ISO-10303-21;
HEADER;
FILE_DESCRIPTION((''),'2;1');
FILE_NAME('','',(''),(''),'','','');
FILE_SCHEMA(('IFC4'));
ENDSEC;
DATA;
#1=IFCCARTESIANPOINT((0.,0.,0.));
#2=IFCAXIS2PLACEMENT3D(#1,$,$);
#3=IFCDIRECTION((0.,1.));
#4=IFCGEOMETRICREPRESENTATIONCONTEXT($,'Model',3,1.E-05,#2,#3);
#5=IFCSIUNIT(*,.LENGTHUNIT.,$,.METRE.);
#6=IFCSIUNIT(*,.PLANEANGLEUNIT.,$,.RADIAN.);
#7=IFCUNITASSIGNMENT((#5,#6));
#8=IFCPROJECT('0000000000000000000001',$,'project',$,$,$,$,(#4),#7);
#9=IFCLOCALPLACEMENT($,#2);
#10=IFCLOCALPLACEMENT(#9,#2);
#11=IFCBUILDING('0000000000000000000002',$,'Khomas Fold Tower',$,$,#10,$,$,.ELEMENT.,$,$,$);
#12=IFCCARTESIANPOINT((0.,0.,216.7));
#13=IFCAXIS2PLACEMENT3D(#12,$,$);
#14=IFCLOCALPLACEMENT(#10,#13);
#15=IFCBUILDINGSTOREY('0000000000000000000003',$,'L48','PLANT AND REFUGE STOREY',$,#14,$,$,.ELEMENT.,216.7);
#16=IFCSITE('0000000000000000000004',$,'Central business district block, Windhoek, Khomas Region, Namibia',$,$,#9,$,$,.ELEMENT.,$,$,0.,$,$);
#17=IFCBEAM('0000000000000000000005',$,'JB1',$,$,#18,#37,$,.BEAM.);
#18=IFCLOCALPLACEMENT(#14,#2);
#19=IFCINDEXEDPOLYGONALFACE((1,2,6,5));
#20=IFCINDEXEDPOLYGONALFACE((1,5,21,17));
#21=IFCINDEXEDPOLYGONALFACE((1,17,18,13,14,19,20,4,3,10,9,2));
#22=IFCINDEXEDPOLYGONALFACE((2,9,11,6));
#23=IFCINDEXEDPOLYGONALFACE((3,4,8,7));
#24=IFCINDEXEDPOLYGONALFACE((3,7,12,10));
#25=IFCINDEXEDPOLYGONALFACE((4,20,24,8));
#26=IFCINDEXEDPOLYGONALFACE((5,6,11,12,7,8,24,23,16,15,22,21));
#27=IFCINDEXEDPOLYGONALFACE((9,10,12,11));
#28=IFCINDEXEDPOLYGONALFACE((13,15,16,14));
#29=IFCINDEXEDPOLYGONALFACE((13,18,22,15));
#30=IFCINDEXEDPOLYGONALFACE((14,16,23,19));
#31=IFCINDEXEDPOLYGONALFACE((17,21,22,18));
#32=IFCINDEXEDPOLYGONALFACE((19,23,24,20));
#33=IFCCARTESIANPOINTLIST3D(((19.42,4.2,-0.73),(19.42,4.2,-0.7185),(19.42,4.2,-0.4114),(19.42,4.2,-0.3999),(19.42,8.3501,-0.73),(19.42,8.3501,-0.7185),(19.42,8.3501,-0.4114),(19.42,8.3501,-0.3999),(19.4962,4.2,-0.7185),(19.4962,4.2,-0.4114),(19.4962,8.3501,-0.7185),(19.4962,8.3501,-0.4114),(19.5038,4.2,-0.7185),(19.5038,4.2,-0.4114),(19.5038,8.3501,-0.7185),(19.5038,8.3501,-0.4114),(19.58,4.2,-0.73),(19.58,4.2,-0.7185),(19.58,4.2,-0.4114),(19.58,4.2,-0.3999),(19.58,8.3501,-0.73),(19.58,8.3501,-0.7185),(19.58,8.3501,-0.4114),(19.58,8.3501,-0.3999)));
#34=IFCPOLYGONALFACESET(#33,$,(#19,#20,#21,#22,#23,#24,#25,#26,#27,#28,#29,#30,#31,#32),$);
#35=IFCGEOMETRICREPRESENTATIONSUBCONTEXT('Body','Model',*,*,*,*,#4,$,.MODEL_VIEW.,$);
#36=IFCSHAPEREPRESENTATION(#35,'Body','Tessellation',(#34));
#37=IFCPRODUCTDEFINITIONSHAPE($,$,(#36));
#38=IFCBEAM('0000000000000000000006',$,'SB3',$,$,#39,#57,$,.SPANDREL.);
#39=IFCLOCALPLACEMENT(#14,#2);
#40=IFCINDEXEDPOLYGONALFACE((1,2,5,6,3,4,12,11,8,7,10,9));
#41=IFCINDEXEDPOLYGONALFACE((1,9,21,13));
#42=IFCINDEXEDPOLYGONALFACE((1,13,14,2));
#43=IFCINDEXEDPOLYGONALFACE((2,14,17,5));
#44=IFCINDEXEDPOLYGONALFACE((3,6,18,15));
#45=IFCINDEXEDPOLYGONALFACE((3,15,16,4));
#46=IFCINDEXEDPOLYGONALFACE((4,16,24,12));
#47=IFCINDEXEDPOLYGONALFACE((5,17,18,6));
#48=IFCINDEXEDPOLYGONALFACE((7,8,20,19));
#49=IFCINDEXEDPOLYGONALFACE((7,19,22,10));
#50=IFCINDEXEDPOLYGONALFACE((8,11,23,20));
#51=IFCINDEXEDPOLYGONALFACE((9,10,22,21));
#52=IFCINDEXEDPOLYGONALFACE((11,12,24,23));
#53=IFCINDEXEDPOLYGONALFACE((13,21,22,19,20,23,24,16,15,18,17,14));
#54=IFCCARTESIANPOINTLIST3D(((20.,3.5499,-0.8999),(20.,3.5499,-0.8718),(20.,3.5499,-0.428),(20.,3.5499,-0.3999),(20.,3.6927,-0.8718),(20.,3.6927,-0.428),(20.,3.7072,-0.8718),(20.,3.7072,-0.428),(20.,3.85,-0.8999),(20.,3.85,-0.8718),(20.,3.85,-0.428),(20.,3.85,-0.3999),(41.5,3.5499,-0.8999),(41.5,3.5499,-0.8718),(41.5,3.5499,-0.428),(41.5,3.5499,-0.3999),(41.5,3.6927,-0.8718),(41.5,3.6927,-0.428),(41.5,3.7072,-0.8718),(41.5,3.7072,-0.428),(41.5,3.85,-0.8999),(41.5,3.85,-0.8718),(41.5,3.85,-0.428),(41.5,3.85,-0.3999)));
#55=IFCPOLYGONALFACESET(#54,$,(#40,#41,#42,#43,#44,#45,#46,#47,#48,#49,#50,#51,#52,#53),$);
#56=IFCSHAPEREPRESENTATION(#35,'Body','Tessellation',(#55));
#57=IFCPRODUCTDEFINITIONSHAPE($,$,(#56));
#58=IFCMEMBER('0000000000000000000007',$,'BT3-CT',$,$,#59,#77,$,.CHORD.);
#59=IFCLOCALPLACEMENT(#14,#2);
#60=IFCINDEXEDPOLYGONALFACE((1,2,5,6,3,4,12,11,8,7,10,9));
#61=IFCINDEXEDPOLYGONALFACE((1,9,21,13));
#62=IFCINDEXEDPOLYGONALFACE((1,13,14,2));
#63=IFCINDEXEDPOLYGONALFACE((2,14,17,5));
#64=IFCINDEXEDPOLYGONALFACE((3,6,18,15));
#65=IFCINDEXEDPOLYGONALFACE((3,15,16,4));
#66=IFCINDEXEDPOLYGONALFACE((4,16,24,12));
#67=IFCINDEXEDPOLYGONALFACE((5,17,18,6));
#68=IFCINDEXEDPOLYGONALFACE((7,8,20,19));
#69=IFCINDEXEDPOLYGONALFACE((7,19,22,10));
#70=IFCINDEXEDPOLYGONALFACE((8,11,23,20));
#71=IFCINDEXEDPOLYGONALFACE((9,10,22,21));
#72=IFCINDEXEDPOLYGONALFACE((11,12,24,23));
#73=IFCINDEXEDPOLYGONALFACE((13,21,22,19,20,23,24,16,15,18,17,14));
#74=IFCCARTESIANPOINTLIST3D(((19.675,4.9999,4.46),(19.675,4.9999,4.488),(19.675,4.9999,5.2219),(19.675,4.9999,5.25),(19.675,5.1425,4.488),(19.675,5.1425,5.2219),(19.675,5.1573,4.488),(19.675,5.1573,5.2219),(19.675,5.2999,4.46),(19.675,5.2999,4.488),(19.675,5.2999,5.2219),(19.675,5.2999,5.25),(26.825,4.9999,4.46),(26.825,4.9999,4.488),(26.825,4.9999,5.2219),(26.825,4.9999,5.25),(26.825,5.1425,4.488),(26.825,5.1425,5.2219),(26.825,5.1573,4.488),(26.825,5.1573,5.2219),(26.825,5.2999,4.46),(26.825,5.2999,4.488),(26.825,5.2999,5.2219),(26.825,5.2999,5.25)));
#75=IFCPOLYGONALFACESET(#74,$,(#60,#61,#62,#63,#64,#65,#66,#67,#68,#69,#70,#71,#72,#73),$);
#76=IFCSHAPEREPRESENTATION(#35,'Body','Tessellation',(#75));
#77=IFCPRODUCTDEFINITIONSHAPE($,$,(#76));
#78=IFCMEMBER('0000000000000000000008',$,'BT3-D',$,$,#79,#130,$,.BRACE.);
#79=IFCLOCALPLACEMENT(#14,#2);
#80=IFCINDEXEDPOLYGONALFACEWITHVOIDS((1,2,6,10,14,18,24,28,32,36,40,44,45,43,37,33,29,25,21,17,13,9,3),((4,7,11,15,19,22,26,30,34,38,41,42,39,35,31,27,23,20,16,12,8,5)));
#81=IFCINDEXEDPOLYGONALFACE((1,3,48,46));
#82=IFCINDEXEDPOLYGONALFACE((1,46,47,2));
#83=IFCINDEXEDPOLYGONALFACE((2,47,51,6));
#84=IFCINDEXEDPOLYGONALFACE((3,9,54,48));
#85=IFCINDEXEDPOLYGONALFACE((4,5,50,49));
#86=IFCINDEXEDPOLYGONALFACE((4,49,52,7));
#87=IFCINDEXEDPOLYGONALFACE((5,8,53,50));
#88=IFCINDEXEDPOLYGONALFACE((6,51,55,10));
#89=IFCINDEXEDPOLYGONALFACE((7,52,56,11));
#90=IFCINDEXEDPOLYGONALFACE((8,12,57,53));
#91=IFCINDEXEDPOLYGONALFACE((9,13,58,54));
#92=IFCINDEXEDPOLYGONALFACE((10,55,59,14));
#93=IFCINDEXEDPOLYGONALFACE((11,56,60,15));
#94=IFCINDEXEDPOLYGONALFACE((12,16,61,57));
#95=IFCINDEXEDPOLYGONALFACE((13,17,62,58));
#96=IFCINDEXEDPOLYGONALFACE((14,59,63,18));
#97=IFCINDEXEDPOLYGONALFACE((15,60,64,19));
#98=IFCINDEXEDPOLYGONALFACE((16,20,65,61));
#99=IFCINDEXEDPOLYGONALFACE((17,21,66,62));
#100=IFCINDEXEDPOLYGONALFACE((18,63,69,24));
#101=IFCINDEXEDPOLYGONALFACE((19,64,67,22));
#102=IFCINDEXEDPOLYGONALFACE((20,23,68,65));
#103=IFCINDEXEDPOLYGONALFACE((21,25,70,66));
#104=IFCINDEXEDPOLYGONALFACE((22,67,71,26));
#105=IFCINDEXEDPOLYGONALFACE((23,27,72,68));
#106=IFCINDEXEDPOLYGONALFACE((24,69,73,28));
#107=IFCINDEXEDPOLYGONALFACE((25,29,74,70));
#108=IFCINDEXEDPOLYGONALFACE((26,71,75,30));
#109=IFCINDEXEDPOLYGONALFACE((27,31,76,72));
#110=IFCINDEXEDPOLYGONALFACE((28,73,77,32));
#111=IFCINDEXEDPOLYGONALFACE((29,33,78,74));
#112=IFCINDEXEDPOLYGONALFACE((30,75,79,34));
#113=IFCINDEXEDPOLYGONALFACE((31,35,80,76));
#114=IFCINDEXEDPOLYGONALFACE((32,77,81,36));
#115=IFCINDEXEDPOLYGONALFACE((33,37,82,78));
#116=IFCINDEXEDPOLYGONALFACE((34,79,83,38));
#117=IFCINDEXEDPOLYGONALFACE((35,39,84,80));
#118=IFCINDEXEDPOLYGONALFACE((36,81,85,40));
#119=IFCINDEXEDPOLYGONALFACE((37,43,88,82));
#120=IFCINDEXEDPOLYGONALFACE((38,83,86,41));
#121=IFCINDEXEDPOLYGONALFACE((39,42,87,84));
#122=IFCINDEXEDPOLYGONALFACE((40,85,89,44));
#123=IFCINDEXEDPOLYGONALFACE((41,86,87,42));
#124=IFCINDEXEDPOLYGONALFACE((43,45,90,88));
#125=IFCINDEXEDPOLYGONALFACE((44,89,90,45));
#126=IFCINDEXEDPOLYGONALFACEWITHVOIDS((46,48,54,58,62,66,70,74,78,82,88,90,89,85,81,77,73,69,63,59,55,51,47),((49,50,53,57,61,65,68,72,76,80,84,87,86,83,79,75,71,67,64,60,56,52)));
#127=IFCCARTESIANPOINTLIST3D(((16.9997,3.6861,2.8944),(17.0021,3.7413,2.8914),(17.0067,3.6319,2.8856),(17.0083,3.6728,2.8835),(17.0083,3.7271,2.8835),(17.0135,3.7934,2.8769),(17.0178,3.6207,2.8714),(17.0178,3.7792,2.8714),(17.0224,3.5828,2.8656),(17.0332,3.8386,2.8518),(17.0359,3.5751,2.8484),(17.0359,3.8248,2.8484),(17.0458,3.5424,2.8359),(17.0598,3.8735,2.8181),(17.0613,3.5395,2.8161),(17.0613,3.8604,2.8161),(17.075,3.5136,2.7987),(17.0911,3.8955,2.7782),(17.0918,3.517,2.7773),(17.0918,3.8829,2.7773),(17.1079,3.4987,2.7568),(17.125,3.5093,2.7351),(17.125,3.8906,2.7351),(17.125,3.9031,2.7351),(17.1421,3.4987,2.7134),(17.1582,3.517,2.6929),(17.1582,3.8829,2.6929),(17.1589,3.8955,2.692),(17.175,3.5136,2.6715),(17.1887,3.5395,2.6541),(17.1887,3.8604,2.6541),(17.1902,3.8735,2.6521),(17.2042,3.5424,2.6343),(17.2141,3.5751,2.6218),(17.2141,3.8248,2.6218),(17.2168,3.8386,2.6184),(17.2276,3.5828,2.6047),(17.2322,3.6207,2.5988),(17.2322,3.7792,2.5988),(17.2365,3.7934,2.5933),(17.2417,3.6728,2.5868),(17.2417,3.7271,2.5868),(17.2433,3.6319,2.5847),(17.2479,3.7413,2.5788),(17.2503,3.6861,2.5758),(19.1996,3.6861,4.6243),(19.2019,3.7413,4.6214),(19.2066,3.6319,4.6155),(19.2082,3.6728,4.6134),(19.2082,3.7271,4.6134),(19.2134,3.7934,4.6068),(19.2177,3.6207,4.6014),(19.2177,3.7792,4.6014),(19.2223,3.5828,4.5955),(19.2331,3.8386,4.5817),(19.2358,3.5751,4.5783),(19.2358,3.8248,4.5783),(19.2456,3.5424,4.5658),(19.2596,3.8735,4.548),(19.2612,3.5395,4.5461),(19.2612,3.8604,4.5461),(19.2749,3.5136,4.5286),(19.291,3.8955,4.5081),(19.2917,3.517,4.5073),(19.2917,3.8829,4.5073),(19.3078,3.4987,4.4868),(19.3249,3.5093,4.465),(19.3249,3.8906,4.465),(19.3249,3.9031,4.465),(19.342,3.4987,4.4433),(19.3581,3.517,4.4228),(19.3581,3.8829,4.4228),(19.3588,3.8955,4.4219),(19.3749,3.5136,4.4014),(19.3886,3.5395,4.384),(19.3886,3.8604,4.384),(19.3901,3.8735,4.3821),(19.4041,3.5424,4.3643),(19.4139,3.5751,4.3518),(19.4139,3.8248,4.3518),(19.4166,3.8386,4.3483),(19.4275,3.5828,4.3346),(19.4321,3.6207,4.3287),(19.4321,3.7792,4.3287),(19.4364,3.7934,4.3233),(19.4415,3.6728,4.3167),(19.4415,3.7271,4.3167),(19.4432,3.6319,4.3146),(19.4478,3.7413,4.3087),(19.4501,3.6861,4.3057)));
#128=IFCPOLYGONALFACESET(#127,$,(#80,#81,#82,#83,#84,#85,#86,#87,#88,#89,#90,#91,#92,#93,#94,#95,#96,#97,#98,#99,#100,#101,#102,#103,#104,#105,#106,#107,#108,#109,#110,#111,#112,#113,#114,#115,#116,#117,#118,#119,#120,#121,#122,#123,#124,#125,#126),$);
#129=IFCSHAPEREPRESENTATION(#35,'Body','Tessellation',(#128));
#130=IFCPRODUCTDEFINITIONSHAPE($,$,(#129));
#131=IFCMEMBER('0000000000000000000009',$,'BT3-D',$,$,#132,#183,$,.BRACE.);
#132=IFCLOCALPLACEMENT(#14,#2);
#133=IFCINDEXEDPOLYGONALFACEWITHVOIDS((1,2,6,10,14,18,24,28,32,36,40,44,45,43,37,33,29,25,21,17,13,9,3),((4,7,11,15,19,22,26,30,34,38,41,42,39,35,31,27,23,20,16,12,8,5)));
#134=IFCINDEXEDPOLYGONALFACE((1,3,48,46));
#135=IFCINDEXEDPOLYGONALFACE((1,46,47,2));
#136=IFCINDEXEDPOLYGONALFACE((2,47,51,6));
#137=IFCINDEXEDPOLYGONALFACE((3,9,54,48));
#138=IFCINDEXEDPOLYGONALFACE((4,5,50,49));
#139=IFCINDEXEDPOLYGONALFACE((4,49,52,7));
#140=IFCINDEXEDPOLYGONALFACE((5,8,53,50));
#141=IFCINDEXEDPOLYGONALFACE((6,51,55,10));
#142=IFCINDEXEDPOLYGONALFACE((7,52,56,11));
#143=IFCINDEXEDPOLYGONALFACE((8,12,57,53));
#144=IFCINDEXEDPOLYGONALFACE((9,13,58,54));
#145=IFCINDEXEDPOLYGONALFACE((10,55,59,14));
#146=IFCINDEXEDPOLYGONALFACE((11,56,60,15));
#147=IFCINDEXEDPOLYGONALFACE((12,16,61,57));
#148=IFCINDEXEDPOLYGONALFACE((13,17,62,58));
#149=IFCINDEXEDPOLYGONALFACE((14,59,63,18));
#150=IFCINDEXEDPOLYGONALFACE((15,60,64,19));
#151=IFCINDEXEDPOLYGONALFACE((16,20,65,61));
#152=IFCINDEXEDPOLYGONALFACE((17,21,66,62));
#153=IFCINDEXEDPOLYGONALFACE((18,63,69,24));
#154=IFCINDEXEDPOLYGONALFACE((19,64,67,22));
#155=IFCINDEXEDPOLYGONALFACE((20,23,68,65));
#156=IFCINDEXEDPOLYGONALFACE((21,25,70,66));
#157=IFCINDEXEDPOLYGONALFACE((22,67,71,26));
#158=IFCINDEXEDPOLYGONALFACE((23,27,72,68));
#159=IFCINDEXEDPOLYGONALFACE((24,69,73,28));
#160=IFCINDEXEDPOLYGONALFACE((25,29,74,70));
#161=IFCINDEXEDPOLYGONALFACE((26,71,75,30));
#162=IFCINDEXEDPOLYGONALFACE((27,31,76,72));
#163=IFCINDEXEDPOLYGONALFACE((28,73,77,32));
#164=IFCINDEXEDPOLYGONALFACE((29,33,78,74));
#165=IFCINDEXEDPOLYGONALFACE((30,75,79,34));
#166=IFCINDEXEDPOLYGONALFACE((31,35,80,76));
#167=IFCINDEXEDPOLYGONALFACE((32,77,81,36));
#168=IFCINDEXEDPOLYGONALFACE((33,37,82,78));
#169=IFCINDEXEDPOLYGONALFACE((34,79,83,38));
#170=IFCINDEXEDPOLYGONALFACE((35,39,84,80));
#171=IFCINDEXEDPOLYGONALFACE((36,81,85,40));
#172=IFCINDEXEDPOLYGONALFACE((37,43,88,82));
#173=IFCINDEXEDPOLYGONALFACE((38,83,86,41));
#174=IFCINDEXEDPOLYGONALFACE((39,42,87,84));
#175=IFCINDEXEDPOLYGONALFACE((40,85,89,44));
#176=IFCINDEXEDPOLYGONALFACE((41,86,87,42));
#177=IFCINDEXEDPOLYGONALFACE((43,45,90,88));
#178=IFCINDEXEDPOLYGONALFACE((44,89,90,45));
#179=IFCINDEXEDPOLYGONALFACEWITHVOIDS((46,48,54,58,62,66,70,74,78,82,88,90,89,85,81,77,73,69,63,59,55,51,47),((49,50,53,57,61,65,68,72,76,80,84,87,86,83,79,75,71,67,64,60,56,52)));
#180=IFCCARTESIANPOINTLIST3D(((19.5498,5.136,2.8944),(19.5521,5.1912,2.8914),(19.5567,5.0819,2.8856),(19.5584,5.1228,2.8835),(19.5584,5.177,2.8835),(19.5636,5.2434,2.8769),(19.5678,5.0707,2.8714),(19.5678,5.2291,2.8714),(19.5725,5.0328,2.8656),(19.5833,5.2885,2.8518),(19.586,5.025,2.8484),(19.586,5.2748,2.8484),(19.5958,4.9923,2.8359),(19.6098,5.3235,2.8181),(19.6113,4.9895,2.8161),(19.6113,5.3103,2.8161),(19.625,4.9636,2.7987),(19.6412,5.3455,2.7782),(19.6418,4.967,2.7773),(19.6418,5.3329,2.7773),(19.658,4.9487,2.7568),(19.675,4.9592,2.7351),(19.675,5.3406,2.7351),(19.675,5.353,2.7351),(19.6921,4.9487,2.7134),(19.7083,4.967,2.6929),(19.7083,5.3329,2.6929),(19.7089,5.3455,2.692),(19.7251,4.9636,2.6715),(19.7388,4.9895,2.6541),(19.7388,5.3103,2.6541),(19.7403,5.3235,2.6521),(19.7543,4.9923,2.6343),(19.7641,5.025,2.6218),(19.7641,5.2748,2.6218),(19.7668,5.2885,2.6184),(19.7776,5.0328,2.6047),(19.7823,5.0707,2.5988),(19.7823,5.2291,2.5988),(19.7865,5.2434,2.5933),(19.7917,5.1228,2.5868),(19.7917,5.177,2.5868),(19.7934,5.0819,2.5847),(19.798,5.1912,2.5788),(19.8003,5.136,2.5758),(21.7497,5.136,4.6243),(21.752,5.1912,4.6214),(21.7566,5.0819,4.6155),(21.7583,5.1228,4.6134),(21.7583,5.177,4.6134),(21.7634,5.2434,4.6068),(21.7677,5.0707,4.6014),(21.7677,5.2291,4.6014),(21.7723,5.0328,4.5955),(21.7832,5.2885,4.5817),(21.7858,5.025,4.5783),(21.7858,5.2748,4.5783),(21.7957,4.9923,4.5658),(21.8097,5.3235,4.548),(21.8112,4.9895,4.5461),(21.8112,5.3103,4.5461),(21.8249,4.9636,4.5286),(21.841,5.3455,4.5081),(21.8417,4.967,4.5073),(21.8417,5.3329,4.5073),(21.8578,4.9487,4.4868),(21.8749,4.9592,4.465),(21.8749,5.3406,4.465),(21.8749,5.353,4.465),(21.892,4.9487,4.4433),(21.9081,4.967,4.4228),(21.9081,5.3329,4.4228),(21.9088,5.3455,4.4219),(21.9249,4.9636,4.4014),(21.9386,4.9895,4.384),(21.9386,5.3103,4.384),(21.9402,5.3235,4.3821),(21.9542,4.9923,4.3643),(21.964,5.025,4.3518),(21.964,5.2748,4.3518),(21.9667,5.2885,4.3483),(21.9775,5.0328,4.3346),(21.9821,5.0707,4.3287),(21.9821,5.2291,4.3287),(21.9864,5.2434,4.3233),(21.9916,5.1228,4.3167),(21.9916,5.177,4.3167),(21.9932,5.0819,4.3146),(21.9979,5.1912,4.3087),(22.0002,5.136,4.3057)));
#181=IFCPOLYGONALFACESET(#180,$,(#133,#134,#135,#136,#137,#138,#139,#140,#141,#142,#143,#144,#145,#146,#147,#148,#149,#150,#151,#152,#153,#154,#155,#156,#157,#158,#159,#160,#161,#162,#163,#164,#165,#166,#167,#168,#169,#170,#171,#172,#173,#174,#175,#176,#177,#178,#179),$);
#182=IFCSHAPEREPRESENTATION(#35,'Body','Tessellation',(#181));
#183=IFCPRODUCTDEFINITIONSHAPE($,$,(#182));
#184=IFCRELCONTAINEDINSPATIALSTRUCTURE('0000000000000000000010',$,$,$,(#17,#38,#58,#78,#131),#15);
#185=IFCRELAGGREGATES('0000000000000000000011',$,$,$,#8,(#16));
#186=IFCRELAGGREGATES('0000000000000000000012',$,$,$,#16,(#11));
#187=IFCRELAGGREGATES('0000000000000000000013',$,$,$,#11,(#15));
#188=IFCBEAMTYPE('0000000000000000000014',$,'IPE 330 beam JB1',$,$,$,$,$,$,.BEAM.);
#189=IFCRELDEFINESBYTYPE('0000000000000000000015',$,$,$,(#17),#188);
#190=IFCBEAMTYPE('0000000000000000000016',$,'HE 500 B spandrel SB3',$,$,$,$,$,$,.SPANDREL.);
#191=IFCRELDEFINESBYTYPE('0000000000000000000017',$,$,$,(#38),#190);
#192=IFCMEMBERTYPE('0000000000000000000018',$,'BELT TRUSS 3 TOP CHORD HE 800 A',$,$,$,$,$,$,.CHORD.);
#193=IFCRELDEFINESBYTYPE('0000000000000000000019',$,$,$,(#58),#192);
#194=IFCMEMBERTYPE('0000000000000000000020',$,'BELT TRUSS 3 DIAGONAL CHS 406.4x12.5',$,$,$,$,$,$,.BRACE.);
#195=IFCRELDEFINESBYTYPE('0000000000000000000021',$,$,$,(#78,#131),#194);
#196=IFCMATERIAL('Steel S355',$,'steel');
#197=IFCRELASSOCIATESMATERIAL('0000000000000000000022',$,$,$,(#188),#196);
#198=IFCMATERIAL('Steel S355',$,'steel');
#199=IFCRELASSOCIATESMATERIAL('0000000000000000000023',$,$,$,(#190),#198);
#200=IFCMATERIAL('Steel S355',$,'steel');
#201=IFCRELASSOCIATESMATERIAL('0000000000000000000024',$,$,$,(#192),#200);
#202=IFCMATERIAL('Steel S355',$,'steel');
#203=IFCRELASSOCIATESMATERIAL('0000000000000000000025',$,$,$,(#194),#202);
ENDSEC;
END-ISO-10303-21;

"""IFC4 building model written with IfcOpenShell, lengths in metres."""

from ifc_helpers import new_model, si_unit, direction, frame, origin, origin_2d, place, context, subcontext, project, spatial, hollow_circle, i_section, extrude, source, transform, mapped, material, material_profile, profile_set, type_object, element, save


model = new_model("IFC4")

# Units and contexts
model_context = context("Model", 3, precision=1e-05, world=origin(), true_north=direction((0.0, 1.0)))
body_context = subcontext(model_context, "Body", "Model", "MODEL_VIEW")
ifc_project = project(units=[si_unit("LENGTHUNIT", "METRE"), si_unit("PLANEANGLEUNIT", "RADIAN")], contexts=[model_context])

# Site, building, storey
site_placement = place(None, origin())
site = spatial("IfcSite", under=ifc_project, at=site_placement, Name="Central business district block, Windhoek, Khomas Region, Namibia", CompositionType="ELEMENT", RefElevation=0.0)
building_placement = place(site_placement, origin())
building = spatial("IfcBuilding", under=site, at=building_placement, Name="Khomas Fold Tower", CompositionType="ELEMENT")
storey_placement = place(building_placement, frame((0.0, 0.0, 216.7)))
storey = spatial("IfcBuildingStorey", under=building, at=storey_placement, Name="L48", Description="PLANT AND REFUGE STOREY", CompositionType="ELEMENT", Elevation=216.7)

# Beams
ifc_material_1 = material(Name="Steel S355", Category="steel")
ifc_material_profile_1 = material_profile(ifc_material_1, i_section(OverallWidth=0.1599, OverallDepth=0.3301, WebThickness=0.0076, FlangeThickness=0.0115, at=origin_2d()), Name="IPE 330")
ifc_profile_set_1 = profile_set([ifc_material_profile_1], Name="Steel S355")
beam_type_1 = type_object("IfcBeamType", Name="IPE 330 beam JB1", PredefinedType="BEAM", material=ifc_profile_set_1)
shared_shape_1 = source(origin(), body_context, "Body", "SweptSolid", [
    extrude(i_section(OverallWidth=0.1599, OverallDepth=0.3301, WebThickness=0.0076, FlangeThickness=0.0115, at=origin_2d()), origin(), (0.0, 0.0, 1.0), 4.1501),
])
beam_1_placement = place(storey_placement, frame((19.5, 4.2, -0.5649), z_axis=(0.0, 1.0, 0.0), x_axis=(-1.0, 0.0, 0.0)))
element("IfcBeam", 1, at=beam_1_placement, inside=storey, type_object=beam_type_1, Name="JB1", PredefinedType="BEAM", context=body_context, shape_type="MappedRepresentation", body=[
    mapped(shared_shape_1, transform((0.0, 0.0, 0.0))),
])
ifc_material_2 = material(Name="Steel S355", Category="steel")
ifc_material_profile_2 = material_profile(ifc_material_2, i_section(OverallWidth=0.3, OverallDepth=0.5, WebThickness=0.0144, FlangeThickness=0.0281, at=origin_2d()), Name="HE 500 B")
ifc_profile_set_2 = profile_set([ifc_material_profile_2], Name="Steel S355")
beam_type_2 = type_object("IfcBeamType", Name="HE 500 B spandrel SB3", PredefinedType="SPANDREL", material=ifc_profile_set_2)
shared_shape_2 = source(origin(), body_context, "Body", "SweptSolid", [
    extrude(i_section(OverallWidth=0.3, OverallDepth=0.5, WebThickness=0.0144, FlangeThickness=0.0281, at=origin_2d()), origin(), (0.0, 0.0, 1.0), 21.5),
])
beam_2_placement = place(storey_placement, frame((20.0, 3.7, -0.6499), z_axis=(1.0, 0.0, 0.0), x_axis=(0.0, 1.0, 0.0)))
element("IfcBeam", 2, at=beam_2_placement, inside=storey, type_object=beam_type_2, Name="SB3", PredefinedType="SPANDREL", context=body_context, shape_type="MappedRepresentation", body=[
    mapped(shared_shape_2, transform((0.0, 0.0, 0.0))),
])

# Members
ifc_material_3 = material(Name="Steel S355", Category="steel")
ifc_material_profile_3 = material_profile(ifc_material_3, i_section(OverallWidth=0.3, OverallDepth=0.79, WebThickness=0.0149, FlangeThickness=0.0281, at=origin_2d()), Name="HE 800 A")
ifc_profile_set_3 = profile_set([ifc_material_profile_3], Name="Steel S355")
member_type_1 = type_object("IfcMemberType", Name="BELT TRUSS 3 TOP CHORD HE 800 A", PredefinedType="CHORD", material=ifc_profile_set_3)
shared_shape_3 = source(origin(), body_context, "Body", "SweptSolid", [
    extrude(i_section(OverallWidth=0.3, OverallDepth=0.79, WebThickness=0.0149, FlangeThickness=0.0281, at=origin_2d()), origin(), (0.0, 0.0, 1.0), 7.1499),
])
member_1_placement = place(storey_placement, frame((19.675, 5.1499, 4.855), z_axis=(1.0, 0.0, 0.0), x_axis=(0.0, 1.0, 0.0)))
element("IfcMember", 3, at=member_1_placement, inside=storey, type_object=member_type_1, Name="BT3-CT", PredefinedType="CHORD", context=body_context, shape_type="MappedRepresentation", body=[
    mapped(shared_shape_3, transform((0.0, 0.0, 0.0))),
])
ifc_material_4 = material(Name="Steel S355", Category="steel")
ifc_material_profile_4 = material_profile(ifc_material_4, hollow_circle(Radius=0.2031, WallThickness=0.0125, at=origin_2d()), Name="CHS 406.4x12.5")
ifc_profile_set_4 = profile_set([ifc_material_profile_4], Name="Steel S355")
member_type_2 = type_object("IfcMemberType", Name="BELT TRUSS 3 DIAGONAL CHS 406.4x12.5", PredefinedType="BRACE", material=ifc_profile_set_4)
shared_shape_4 = source(origin(), body_context, "Body", "SweptSolid", [
    extrude(hollow_circle(Radius=0.2031, WallThickness=0.0125, at=origin_2d()), origin(), (0.0, 0.0, 1.0), 2.7986),
])
for number, where, z_axis, x_axis, name in (
    (4, (17.125, 3.7, 2.7351), (0.786067, 0.0, 0.618141), (0.0, 1.0, 0.0), "BT3-D"),
    (5, (19.675, 5.1499, 2.7351), (0.786067, 0.0, 0.618141), (0.0, 1.0, 0.0), "BT3-D"),
):
    element("IfcMember", number, at=place(storey_placement, frame(where, z_axis=z_axis, x_axis=x_axis)), inside=storey, type_object=member_type_2, Name=name, PredefinedType="BRACE", context=body_context, shape_type="MappedRepresentation", body=[
        mapped(shared_shape_4, transform((0.0, 0.0, 0.0))),
    ])

save(model, "model.ifc")
